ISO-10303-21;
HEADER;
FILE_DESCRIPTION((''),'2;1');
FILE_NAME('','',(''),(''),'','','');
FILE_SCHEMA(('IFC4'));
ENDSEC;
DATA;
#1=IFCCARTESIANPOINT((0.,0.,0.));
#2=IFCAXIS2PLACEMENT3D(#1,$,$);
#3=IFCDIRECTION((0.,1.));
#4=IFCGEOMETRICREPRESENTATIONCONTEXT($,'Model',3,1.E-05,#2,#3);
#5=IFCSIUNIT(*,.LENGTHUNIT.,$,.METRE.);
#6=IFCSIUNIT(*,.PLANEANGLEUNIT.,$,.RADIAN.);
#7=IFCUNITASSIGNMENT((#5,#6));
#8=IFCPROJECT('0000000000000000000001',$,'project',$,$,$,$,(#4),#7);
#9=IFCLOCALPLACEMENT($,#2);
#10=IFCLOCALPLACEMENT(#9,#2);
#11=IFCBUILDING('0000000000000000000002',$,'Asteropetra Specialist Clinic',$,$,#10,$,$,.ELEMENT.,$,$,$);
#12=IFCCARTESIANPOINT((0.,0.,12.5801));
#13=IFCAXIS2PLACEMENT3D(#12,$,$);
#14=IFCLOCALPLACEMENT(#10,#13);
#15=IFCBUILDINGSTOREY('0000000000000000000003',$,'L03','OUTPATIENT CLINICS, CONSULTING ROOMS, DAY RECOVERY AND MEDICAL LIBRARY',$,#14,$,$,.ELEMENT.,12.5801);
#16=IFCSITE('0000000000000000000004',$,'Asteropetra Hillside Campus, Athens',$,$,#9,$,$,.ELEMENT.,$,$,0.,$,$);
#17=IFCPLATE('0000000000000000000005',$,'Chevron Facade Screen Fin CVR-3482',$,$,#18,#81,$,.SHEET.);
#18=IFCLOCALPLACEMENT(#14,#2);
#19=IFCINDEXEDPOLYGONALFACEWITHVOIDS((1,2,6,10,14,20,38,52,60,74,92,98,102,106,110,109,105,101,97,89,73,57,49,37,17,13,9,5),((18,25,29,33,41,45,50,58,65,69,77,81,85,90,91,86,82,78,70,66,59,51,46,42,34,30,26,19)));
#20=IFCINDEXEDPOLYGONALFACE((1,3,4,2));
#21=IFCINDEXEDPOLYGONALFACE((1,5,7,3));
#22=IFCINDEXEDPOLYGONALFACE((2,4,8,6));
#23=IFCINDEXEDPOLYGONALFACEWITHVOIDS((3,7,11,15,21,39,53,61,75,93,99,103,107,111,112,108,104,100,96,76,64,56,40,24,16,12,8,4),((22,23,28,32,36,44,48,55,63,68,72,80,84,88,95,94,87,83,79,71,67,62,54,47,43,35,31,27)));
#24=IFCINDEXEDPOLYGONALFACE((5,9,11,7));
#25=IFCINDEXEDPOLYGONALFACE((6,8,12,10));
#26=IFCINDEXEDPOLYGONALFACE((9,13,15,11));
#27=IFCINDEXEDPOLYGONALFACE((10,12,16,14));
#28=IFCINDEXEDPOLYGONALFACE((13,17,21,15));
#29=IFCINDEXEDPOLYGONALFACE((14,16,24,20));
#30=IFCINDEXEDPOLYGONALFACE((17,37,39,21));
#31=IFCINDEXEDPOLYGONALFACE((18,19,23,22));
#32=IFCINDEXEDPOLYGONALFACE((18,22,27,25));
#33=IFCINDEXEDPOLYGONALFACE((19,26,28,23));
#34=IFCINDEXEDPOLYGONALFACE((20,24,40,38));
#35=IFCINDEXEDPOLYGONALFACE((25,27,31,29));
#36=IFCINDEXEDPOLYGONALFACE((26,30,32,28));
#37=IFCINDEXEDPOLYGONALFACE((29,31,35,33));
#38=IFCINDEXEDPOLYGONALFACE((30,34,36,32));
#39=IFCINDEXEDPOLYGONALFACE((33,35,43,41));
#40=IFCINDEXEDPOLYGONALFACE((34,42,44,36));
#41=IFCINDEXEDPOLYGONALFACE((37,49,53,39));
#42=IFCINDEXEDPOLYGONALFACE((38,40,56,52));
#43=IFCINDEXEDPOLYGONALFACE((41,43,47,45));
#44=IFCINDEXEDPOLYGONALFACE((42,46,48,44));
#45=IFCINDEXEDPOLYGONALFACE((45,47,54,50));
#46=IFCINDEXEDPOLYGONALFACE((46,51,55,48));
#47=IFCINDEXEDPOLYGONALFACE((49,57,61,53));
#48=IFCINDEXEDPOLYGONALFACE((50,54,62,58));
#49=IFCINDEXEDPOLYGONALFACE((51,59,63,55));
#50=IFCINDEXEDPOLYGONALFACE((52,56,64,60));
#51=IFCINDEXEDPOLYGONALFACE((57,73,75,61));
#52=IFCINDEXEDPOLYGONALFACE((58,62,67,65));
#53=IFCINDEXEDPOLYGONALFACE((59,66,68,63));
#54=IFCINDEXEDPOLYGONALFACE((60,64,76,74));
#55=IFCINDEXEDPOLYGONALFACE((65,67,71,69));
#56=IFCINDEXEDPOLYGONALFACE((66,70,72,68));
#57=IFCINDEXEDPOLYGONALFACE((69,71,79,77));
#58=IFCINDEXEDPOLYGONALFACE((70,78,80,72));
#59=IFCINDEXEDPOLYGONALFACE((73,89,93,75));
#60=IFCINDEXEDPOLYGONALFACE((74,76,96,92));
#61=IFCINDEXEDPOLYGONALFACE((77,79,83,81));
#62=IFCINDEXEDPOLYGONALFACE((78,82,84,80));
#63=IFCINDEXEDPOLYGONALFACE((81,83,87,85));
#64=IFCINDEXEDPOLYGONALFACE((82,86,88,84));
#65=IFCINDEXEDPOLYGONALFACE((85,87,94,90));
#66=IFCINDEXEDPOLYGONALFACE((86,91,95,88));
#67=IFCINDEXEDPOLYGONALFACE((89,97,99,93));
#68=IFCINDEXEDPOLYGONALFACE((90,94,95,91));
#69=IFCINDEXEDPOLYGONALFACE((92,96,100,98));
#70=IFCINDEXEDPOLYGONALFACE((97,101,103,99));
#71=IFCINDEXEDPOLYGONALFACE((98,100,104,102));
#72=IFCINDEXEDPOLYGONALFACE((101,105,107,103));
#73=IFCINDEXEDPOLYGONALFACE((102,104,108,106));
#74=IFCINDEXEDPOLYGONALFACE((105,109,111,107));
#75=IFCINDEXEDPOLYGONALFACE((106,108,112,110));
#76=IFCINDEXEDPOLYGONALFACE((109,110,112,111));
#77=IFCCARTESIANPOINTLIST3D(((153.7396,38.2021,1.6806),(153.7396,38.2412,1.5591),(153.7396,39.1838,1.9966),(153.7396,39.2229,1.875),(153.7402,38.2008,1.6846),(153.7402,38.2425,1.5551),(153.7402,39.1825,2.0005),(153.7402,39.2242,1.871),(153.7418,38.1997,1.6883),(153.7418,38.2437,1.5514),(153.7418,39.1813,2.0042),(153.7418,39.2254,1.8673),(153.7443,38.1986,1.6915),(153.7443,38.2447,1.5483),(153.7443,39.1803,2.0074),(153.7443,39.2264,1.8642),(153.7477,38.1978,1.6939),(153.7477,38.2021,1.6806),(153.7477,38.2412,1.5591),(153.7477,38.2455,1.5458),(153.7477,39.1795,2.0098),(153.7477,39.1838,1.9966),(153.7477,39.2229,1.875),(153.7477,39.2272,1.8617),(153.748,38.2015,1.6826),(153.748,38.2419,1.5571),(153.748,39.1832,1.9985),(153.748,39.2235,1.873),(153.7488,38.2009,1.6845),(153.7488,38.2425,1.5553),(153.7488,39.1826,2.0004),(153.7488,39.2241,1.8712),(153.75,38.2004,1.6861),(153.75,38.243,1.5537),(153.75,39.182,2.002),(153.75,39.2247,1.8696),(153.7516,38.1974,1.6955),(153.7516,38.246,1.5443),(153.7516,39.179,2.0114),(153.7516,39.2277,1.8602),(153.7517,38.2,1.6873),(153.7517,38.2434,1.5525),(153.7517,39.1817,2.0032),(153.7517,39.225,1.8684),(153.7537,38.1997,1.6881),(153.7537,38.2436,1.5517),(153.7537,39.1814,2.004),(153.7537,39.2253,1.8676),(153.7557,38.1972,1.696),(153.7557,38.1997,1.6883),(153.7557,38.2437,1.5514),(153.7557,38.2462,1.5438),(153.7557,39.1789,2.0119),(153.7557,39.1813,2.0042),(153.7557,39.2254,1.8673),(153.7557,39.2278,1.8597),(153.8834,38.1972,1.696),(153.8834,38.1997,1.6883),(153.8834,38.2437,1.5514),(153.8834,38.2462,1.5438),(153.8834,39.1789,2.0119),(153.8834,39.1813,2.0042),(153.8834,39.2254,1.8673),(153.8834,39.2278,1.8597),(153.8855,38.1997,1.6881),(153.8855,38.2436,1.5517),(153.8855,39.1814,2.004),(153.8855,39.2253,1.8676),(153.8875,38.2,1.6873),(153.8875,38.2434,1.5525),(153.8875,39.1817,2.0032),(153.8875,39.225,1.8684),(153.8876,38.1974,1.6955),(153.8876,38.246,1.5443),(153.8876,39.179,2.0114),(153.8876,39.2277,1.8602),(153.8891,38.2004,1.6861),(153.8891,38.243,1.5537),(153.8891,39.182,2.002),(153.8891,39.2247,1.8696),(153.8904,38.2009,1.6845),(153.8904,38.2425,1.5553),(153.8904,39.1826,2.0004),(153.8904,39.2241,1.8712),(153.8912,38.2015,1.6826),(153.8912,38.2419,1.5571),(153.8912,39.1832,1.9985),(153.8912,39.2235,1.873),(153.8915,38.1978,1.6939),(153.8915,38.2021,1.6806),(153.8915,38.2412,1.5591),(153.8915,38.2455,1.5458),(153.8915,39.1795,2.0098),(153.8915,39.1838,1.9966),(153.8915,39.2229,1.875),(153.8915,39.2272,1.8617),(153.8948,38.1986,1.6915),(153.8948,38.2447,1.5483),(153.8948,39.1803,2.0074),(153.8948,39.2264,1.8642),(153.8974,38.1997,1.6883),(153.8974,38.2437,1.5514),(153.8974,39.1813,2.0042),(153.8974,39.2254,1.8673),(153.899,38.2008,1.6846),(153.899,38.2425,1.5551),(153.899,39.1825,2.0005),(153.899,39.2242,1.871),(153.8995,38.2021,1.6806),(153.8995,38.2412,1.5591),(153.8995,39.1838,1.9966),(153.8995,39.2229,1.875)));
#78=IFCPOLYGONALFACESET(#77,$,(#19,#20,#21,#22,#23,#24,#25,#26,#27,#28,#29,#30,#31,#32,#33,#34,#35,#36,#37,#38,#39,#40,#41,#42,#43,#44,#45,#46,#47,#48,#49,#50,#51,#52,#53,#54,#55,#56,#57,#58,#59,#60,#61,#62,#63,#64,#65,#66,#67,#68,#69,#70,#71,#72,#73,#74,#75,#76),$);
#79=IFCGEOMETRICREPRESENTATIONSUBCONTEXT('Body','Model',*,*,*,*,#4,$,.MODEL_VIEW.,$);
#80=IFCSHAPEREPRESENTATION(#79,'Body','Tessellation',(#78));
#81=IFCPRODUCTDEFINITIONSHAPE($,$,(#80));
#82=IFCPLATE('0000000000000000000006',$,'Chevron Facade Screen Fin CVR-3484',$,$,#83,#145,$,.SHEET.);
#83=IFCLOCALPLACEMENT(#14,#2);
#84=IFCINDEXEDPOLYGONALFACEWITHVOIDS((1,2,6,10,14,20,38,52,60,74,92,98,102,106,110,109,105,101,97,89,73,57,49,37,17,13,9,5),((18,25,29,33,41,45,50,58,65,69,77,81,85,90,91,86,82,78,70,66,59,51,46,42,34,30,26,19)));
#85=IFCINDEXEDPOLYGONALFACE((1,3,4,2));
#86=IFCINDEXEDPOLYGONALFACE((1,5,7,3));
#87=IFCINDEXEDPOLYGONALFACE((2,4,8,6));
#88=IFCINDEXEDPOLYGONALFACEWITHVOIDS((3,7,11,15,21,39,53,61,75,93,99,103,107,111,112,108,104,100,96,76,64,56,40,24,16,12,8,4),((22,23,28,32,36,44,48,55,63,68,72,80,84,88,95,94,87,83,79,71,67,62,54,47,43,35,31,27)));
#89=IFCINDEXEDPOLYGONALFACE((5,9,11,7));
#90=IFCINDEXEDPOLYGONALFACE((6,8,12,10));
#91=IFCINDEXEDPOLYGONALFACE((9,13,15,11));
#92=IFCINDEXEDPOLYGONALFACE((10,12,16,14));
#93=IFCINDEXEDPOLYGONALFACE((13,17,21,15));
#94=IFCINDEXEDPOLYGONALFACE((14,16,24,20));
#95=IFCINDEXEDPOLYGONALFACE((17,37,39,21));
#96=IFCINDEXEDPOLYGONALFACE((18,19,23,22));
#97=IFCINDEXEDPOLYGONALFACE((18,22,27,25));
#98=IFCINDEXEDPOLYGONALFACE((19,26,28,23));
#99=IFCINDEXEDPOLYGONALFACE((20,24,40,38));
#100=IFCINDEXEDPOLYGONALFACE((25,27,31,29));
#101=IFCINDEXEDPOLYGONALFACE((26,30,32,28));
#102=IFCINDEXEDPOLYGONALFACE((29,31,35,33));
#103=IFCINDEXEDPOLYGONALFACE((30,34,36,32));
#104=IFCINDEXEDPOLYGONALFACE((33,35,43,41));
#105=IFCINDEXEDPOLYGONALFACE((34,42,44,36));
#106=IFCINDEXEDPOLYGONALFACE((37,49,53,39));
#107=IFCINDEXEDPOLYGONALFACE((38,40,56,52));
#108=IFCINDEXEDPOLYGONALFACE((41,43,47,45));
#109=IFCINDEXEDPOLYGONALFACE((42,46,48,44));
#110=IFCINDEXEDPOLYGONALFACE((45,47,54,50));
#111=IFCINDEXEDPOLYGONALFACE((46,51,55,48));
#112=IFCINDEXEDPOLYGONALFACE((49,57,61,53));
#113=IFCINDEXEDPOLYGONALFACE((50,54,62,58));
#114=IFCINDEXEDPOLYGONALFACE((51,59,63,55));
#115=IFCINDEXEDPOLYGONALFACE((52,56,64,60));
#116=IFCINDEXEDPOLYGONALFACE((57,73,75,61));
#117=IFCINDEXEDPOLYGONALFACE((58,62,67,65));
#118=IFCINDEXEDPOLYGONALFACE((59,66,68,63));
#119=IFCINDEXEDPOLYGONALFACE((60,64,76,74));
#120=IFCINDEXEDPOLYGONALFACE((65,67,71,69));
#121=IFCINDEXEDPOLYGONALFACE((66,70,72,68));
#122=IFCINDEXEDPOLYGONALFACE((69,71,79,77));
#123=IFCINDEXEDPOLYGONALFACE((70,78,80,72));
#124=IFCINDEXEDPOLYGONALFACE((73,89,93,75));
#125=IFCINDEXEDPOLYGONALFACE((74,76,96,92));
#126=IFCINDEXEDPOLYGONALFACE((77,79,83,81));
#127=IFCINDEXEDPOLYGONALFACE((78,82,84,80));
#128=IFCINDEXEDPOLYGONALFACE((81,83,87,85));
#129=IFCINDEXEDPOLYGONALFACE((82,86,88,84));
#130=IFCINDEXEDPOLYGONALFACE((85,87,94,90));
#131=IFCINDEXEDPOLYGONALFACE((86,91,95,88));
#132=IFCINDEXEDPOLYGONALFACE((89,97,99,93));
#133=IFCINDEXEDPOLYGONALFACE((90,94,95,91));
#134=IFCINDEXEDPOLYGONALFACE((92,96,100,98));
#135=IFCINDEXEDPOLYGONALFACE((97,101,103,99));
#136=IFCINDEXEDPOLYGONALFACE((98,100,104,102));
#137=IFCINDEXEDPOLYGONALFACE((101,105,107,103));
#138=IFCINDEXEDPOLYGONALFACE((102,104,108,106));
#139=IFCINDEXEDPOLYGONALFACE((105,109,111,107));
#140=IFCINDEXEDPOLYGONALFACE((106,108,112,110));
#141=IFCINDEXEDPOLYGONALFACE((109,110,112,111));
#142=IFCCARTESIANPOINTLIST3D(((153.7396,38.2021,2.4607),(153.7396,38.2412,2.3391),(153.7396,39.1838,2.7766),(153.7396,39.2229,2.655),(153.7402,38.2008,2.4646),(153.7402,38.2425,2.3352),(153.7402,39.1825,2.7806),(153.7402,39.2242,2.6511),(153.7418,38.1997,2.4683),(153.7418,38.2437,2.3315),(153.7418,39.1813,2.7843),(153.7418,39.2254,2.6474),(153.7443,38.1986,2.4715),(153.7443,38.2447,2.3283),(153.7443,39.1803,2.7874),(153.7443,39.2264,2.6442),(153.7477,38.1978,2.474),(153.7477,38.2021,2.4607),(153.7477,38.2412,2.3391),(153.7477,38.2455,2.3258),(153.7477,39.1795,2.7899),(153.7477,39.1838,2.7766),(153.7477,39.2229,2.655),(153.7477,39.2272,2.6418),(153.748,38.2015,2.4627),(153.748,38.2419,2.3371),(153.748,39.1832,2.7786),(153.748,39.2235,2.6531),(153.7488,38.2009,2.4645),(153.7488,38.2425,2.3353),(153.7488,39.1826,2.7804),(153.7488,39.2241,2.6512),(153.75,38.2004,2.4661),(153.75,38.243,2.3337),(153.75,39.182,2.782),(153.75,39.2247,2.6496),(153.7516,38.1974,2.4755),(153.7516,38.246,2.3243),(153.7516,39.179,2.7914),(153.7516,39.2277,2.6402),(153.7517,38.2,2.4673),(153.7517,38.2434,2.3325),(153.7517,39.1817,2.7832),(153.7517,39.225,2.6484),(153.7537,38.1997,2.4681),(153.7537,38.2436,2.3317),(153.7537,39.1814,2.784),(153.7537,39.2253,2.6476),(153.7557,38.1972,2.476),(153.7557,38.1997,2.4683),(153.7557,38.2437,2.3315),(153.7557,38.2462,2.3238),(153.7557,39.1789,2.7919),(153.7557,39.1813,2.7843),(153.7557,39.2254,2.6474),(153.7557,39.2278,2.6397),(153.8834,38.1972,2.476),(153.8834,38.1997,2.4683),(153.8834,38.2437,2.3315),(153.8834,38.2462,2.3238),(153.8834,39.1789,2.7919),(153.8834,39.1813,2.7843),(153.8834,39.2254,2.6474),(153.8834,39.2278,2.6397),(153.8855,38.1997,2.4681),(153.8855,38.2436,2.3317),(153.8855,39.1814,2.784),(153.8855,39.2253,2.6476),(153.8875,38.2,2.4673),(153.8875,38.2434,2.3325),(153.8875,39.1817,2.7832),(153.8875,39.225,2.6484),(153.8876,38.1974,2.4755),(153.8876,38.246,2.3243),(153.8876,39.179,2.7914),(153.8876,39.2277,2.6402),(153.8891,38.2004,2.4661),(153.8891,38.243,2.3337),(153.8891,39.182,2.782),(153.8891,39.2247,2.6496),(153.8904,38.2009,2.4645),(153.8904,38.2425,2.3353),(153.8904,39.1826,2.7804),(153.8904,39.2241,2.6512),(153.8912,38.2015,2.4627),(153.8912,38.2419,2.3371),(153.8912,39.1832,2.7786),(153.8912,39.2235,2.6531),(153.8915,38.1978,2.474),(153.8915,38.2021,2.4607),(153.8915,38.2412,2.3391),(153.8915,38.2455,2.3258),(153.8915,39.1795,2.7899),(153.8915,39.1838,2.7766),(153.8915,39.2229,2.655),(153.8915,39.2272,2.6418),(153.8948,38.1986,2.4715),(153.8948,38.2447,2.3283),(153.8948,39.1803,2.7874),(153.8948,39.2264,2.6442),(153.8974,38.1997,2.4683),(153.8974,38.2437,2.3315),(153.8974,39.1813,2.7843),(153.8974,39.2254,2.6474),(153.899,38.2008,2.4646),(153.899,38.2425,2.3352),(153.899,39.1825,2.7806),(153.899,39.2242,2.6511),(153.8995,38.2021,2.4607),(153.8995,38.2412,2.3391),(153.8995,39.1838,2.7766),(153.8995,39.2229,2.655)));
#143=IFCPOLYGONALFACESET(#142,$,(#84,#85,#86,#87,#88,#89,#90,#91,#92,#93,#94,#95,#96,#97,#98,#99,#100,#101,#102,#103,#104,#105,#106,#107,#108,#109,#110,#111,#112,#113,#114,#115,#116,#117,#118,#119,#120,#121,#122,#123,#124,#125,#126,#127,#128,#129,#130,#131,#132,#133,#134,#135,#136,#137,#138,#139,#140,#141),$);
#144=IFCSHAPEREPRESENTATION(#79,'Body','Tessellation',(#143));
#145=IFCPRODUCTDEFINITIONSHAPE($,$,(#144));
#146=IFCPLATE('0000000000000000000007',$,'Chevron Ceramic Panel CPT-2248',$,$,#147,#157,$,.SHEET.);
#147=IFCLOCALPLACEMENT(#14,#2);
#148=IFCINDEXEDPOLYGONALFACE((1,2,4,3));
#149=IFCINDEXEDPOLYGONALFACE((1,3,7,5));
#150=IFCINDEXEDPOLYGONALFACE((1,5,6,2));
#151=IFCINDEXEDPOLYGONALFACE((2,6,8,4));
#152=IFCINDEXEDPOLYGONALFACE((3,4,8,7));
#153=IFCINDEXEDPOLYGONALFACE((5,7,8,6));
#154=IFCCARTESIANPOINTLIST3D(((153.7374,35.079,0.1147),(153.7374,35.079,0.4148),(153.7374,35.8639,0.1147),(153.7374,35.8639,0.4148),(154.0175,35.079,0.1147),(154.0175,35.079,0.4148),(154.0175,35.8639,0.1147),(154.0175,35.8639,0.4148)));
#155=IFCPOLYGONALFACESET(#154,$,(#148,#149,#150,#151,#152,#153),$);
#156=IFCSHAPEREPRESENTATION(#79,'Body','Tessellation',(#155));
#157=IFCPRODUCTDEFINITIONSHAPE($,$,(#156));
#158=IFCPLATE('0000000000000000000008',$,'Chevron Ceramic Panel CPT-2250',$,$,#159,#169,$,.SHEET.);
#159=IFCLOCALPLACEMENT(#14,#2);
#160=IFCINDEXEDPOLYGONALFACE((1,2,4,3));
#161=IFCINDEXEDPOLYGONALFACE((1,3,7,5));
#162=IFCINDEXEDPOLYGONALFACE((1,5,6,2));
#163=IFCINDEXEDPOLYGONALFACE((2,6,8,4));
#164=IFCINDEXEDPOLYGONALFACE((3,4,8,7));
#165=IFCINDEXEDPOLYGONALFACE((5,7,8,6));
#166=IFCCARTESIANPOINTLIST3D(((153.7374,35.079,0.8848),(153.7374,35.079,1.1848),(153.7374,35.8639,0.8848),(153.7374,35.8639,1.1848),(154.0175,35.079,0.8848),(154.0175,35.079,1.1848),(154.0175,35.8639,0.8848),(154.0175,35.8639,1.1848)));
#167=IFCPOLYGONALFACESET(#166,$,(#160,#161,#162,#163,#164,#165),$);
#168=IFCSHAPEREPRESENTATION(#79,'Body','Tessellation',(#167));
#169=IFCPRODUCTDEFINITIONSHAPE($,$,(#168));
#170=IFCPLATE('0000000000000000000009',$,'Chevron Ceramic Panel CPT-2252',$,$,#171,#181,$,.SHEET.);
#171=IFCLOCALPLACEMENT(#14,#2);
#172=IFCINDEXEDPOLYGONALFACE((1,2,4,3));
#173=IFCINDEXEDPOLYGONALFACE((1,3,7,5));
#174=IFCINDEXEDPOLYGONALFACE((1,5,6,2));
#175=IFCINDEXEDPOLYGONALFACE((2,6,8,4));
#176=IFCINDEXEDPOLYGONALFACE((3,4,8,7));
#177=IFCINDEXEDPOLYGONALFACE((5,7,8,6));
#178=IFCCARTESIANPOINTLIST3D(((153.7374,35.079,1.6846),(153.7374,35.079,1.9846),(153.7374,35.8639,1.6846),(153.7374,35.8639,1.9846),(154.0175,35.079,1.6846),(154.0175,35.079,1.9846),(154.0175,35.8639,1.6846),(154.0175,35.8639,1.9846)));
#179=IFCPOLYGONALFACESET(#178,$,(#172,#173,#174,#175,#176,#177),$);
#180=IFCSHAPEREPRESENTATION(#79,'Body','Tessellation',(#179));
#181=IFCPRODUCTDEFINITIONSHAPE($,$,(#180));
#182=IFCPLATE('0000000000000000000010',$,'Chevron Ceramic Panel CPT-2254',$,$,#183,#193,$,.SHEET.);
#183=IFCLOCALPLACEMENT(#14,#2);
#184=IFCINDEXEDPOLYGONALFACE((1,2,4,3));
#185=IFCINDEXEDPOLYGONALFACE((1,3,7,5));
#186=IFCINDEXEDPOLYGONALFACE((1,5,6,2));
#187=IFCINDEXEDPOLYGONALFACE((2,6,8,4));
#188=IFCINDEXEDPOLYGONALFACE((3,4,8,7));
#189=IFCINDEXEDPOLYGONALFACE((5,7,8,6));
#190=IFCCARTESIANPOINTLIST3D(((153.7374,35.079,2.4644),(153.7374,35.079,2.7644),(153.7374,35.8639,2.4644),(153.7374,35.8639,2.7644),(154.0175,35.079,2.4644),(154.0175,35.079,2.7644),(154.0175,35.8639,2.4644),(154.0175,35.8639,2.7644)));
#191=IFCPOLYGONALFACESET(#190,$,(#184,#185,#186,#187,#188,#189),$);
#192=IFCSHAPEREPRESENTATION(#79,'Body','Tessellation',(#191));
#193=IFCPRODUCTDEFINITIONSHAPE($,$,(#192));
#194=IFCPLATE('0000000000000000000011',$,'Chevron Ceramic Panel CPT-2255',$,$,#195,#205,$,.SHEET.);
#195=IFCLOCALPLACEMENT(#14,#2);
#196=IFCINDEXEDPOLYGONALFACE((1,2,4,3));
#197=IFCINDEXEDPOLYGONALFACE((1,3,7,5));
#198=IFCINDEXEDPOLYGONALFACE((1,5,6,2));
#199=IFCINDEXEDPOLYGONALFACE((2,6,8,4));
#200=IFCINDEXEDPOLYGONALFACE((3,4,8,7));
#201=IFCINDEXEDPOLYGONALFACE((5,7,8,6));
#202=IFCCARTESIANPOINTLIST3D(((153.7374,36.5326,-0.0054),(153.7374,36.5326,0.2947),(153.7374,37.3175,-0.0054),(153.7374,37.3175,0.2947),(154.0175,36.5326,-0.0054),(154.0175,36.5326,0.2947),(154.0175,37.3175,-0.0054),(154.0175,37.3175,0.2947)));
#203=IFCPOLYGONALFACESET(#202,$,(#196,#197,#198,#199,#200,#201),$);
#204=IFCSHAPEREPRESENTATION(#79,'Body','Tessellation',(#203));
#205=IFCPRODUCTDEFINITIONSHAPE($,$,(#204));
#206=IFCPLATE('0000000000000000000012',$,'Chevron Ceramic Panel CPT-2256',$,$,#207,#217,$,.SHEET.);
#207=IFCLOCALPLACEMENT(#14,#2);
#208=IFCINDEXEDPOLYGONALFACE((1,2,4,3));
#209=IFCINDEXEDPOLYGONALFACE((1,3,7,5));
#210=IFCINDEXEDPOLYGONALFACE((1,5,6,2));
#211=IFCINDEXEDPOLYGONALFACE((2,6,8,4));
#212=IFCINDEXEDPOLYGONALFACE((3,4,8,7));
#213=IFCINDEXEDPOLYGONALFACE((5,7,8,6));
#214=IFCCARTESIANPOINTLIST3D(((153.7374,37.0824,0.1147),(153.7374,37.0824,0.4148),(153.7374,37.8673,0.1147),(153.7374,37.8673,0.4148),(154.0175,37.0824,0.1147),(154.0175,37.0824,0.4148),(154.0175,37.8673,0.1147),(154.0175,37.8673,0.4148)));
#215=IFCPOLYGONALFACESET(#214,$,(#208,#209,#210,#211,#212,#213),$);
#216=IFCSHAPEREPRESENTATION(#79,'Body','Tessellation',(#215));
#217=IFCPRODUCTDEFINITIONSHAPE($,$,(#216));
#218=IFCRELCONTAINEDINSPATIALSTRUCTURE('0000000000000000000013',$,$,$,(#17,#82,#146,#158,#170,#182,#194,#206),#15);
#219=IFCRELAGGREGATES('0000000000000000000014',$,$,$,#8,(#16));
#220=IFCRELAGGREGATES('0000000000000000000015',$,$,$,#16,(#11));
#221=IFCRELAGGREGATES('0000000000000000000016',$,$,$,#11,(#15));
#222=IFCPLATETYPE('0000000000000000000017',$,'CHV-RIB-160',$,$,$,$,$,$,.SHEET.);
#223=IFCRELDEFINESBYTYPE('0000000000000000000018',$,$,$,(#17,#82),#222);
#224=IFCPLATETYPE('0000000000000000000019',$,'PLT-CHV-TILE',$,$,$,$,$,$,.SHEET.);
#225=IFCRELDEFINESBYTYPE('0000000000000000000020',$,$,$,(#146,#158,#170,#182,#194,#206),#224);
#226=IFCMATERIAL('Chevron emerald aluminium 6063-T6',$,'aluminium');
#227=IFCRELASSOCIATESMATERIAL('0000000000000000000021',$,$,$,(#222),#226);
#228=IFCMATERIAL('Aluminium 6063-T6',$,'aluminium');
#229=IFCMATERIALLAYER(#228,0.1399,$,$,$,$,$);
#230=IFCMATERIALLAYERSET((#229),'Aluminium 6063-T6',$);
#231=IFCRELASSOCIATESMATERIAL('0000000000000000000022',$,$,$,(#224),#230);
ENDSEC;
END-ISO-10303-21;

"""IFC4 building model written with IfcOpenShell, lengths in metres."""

from ifc_helpers import new_model, si_unit, direction, frame, origin, origin_2d, place, context, subcontext, project, spatial, rectangle, hollow_rectangle, extrude, material, layer, layer_set, material_profile, profile_set, type_object, element, save


model = new_model("IFC4")

# Units and contexts
model_context = context("Model", 3, precision=1e-05, world=origin(), true_north=direction((0.0, 1.0)))
body_context = subcontext(model_context, "Body", "Model", "MODEL_VIEW")
ifc_project = project(units=[si_unit("LENGTHUNIT", "METRE"), si_unit("PLANEANGLEUNIT", "RADIAN")], contexts=[model_context])

# Site, building, storey
site_placement = place(None, origin())
site = spatial("IfcSite", under=ifc_project, at=site_placement, Name="Asteropetra Hillside Campus, Athens", CompositionType="ELEMENT", RefElevation=0.0)
building_placement = place(site_placement, origin())
building = spatial("IfcBuilding", under=site, at=building_placement, Name="Asteropetra Specialist Clinic", CompositionType="ELEMENT")
storey_placement = place(building_placement, frame((0.0, 0.0, 12.5801)))
storey = spatial("IfcBuildingStorey", under=building, at=storey_placement, Name="L03", Description="OUTPATIENT CLINICS, CONSULTING ROOMS, DAY RECOVERY AND MEDICAL LIBRARY", CompositionType="ELEMENT", Elevation=12.5801)

# Plates
ifc_material_1 = material(Name="Chevron emerald aluminium 6063-T6", Category="aluminium")
ifc_material_profile = material_profile(ifc_material_1, hollow_rectangle(XDim=0.1599, YDim=0.1599, WallThickness=0.0081, InnerFilletRadius=0.0081, OuterFilletRadius=0.0161, at=origin_2d()), Name="SHS 160x160x8.0")
ifc_profile_set = profile_set([ifc_material_profile], Name="Chevron emerald aluminium 6063-T6")
plate_type_1 = type_object("IfcPlateType", Name="CHV-RIB-160", PredefinedType="SHEET", material=ifc_profile_set)
for number, where, z_axis, x_axis, name in (
    (1, (153.8196, 38.2217, 1.6199), (0.0, 0.951923, 0.306339), (-1.0, 0.0, 0.0), "Chevron Facade Screen Fin CVR-3482"),
    (2, (153.8196, 38.2217, 2.3999), (0.0, 0.951923, 0.306339), (-1.0, 0.0, 0.0), "Chevron Facade Screen Fin CVR-3484"),
):
    element("IfcPlate", number, at=place(storey_placement, frame(where, z_axis=z_axis, x_axis=x_axis)), inside=storey, type_object=plate_type_1, Name=name, PredefinedType="SHEET", context=body_context, shape_type="SweptSolid", body=[
        extrude(hollow_rectangle(XDim=0.1599, YDim=0.1599, WallThickness=0.0081, InnerFilletRadius=0.0081, OuterFilletRadius=0.0161, at=origin_2d()), origin(), (0.0, 0.0, 1.0), 1.0312),
    ])
ifc_material_2 = material(Name="Aluminium 6063-T6", Category="aluminium")
ifc_layer_1 = layer(ifc_material_2, 0.1399)
ifc_layer_set_1 = layer_set([ifc_layer_1], Name="Aluminium 6063-T6")
plate_type_2 = type_object("IfcPlateType", Name="PLT-CHV-TILE", PredefinedType="SHEET", material=ifc_layer_set_1)
for number, where, z_axis, x_axis, name in (
    (3, (153.8774, 35.4714, 0.1147), (0.0, 0.0, 1.0), (1.0, 0.0, 0.0), "Chevron Ceramic Panel CPT-2248"),
    (4, (153.8774, 35.4714, 0.8848), (0.0, 0.0, 1.0), (1.0, 0.0, 0.0), "Chevron Ceramic Panel CPT-2250"),
    (5, (153.8774, 35.4714, 1.6846), (0.0, 0.0, 1.0), (1.0, 0.0, 0.0), "Chevron Ceramic Panel CPT-2252"),
    (6, (153.8774, 35.4714, 2.4644), (0.0, 0.0, 1.0), (1.0, 0.0, 0.0), "Chevron Ceramic Panel CPT-2254"),
    (7, (153.8774, 36.925, -0.0054), (0.0, 0.0, 1.0), (1.0, 0.0, 0.0), "Chevron Ceramic Panel CPT-2255"),
    (8, (153.8774, 37.4749, 0.1147), (0.0, 0.0, 1.0), (1.0, 0.0, 0.0), "Chevron Ceramic Panel CPT-2256"),
):
    element("IfcPlate", number, at=place(storey_placement, frame(where, z_axis=z_axis, x_axis=x_axis)), inside=storey, type_object=plate_type_2, Name=name, PredefinedType="SHEET", context=body_context, shape_type="SweptSolid", body=[
        extrude(rectangle(XDim=0.28, YDim=0.7849, at=origin_2d()), origin(), (0.0, 0.0, 1.0), 0.3),
    ])

save(model, "model.ifc")
